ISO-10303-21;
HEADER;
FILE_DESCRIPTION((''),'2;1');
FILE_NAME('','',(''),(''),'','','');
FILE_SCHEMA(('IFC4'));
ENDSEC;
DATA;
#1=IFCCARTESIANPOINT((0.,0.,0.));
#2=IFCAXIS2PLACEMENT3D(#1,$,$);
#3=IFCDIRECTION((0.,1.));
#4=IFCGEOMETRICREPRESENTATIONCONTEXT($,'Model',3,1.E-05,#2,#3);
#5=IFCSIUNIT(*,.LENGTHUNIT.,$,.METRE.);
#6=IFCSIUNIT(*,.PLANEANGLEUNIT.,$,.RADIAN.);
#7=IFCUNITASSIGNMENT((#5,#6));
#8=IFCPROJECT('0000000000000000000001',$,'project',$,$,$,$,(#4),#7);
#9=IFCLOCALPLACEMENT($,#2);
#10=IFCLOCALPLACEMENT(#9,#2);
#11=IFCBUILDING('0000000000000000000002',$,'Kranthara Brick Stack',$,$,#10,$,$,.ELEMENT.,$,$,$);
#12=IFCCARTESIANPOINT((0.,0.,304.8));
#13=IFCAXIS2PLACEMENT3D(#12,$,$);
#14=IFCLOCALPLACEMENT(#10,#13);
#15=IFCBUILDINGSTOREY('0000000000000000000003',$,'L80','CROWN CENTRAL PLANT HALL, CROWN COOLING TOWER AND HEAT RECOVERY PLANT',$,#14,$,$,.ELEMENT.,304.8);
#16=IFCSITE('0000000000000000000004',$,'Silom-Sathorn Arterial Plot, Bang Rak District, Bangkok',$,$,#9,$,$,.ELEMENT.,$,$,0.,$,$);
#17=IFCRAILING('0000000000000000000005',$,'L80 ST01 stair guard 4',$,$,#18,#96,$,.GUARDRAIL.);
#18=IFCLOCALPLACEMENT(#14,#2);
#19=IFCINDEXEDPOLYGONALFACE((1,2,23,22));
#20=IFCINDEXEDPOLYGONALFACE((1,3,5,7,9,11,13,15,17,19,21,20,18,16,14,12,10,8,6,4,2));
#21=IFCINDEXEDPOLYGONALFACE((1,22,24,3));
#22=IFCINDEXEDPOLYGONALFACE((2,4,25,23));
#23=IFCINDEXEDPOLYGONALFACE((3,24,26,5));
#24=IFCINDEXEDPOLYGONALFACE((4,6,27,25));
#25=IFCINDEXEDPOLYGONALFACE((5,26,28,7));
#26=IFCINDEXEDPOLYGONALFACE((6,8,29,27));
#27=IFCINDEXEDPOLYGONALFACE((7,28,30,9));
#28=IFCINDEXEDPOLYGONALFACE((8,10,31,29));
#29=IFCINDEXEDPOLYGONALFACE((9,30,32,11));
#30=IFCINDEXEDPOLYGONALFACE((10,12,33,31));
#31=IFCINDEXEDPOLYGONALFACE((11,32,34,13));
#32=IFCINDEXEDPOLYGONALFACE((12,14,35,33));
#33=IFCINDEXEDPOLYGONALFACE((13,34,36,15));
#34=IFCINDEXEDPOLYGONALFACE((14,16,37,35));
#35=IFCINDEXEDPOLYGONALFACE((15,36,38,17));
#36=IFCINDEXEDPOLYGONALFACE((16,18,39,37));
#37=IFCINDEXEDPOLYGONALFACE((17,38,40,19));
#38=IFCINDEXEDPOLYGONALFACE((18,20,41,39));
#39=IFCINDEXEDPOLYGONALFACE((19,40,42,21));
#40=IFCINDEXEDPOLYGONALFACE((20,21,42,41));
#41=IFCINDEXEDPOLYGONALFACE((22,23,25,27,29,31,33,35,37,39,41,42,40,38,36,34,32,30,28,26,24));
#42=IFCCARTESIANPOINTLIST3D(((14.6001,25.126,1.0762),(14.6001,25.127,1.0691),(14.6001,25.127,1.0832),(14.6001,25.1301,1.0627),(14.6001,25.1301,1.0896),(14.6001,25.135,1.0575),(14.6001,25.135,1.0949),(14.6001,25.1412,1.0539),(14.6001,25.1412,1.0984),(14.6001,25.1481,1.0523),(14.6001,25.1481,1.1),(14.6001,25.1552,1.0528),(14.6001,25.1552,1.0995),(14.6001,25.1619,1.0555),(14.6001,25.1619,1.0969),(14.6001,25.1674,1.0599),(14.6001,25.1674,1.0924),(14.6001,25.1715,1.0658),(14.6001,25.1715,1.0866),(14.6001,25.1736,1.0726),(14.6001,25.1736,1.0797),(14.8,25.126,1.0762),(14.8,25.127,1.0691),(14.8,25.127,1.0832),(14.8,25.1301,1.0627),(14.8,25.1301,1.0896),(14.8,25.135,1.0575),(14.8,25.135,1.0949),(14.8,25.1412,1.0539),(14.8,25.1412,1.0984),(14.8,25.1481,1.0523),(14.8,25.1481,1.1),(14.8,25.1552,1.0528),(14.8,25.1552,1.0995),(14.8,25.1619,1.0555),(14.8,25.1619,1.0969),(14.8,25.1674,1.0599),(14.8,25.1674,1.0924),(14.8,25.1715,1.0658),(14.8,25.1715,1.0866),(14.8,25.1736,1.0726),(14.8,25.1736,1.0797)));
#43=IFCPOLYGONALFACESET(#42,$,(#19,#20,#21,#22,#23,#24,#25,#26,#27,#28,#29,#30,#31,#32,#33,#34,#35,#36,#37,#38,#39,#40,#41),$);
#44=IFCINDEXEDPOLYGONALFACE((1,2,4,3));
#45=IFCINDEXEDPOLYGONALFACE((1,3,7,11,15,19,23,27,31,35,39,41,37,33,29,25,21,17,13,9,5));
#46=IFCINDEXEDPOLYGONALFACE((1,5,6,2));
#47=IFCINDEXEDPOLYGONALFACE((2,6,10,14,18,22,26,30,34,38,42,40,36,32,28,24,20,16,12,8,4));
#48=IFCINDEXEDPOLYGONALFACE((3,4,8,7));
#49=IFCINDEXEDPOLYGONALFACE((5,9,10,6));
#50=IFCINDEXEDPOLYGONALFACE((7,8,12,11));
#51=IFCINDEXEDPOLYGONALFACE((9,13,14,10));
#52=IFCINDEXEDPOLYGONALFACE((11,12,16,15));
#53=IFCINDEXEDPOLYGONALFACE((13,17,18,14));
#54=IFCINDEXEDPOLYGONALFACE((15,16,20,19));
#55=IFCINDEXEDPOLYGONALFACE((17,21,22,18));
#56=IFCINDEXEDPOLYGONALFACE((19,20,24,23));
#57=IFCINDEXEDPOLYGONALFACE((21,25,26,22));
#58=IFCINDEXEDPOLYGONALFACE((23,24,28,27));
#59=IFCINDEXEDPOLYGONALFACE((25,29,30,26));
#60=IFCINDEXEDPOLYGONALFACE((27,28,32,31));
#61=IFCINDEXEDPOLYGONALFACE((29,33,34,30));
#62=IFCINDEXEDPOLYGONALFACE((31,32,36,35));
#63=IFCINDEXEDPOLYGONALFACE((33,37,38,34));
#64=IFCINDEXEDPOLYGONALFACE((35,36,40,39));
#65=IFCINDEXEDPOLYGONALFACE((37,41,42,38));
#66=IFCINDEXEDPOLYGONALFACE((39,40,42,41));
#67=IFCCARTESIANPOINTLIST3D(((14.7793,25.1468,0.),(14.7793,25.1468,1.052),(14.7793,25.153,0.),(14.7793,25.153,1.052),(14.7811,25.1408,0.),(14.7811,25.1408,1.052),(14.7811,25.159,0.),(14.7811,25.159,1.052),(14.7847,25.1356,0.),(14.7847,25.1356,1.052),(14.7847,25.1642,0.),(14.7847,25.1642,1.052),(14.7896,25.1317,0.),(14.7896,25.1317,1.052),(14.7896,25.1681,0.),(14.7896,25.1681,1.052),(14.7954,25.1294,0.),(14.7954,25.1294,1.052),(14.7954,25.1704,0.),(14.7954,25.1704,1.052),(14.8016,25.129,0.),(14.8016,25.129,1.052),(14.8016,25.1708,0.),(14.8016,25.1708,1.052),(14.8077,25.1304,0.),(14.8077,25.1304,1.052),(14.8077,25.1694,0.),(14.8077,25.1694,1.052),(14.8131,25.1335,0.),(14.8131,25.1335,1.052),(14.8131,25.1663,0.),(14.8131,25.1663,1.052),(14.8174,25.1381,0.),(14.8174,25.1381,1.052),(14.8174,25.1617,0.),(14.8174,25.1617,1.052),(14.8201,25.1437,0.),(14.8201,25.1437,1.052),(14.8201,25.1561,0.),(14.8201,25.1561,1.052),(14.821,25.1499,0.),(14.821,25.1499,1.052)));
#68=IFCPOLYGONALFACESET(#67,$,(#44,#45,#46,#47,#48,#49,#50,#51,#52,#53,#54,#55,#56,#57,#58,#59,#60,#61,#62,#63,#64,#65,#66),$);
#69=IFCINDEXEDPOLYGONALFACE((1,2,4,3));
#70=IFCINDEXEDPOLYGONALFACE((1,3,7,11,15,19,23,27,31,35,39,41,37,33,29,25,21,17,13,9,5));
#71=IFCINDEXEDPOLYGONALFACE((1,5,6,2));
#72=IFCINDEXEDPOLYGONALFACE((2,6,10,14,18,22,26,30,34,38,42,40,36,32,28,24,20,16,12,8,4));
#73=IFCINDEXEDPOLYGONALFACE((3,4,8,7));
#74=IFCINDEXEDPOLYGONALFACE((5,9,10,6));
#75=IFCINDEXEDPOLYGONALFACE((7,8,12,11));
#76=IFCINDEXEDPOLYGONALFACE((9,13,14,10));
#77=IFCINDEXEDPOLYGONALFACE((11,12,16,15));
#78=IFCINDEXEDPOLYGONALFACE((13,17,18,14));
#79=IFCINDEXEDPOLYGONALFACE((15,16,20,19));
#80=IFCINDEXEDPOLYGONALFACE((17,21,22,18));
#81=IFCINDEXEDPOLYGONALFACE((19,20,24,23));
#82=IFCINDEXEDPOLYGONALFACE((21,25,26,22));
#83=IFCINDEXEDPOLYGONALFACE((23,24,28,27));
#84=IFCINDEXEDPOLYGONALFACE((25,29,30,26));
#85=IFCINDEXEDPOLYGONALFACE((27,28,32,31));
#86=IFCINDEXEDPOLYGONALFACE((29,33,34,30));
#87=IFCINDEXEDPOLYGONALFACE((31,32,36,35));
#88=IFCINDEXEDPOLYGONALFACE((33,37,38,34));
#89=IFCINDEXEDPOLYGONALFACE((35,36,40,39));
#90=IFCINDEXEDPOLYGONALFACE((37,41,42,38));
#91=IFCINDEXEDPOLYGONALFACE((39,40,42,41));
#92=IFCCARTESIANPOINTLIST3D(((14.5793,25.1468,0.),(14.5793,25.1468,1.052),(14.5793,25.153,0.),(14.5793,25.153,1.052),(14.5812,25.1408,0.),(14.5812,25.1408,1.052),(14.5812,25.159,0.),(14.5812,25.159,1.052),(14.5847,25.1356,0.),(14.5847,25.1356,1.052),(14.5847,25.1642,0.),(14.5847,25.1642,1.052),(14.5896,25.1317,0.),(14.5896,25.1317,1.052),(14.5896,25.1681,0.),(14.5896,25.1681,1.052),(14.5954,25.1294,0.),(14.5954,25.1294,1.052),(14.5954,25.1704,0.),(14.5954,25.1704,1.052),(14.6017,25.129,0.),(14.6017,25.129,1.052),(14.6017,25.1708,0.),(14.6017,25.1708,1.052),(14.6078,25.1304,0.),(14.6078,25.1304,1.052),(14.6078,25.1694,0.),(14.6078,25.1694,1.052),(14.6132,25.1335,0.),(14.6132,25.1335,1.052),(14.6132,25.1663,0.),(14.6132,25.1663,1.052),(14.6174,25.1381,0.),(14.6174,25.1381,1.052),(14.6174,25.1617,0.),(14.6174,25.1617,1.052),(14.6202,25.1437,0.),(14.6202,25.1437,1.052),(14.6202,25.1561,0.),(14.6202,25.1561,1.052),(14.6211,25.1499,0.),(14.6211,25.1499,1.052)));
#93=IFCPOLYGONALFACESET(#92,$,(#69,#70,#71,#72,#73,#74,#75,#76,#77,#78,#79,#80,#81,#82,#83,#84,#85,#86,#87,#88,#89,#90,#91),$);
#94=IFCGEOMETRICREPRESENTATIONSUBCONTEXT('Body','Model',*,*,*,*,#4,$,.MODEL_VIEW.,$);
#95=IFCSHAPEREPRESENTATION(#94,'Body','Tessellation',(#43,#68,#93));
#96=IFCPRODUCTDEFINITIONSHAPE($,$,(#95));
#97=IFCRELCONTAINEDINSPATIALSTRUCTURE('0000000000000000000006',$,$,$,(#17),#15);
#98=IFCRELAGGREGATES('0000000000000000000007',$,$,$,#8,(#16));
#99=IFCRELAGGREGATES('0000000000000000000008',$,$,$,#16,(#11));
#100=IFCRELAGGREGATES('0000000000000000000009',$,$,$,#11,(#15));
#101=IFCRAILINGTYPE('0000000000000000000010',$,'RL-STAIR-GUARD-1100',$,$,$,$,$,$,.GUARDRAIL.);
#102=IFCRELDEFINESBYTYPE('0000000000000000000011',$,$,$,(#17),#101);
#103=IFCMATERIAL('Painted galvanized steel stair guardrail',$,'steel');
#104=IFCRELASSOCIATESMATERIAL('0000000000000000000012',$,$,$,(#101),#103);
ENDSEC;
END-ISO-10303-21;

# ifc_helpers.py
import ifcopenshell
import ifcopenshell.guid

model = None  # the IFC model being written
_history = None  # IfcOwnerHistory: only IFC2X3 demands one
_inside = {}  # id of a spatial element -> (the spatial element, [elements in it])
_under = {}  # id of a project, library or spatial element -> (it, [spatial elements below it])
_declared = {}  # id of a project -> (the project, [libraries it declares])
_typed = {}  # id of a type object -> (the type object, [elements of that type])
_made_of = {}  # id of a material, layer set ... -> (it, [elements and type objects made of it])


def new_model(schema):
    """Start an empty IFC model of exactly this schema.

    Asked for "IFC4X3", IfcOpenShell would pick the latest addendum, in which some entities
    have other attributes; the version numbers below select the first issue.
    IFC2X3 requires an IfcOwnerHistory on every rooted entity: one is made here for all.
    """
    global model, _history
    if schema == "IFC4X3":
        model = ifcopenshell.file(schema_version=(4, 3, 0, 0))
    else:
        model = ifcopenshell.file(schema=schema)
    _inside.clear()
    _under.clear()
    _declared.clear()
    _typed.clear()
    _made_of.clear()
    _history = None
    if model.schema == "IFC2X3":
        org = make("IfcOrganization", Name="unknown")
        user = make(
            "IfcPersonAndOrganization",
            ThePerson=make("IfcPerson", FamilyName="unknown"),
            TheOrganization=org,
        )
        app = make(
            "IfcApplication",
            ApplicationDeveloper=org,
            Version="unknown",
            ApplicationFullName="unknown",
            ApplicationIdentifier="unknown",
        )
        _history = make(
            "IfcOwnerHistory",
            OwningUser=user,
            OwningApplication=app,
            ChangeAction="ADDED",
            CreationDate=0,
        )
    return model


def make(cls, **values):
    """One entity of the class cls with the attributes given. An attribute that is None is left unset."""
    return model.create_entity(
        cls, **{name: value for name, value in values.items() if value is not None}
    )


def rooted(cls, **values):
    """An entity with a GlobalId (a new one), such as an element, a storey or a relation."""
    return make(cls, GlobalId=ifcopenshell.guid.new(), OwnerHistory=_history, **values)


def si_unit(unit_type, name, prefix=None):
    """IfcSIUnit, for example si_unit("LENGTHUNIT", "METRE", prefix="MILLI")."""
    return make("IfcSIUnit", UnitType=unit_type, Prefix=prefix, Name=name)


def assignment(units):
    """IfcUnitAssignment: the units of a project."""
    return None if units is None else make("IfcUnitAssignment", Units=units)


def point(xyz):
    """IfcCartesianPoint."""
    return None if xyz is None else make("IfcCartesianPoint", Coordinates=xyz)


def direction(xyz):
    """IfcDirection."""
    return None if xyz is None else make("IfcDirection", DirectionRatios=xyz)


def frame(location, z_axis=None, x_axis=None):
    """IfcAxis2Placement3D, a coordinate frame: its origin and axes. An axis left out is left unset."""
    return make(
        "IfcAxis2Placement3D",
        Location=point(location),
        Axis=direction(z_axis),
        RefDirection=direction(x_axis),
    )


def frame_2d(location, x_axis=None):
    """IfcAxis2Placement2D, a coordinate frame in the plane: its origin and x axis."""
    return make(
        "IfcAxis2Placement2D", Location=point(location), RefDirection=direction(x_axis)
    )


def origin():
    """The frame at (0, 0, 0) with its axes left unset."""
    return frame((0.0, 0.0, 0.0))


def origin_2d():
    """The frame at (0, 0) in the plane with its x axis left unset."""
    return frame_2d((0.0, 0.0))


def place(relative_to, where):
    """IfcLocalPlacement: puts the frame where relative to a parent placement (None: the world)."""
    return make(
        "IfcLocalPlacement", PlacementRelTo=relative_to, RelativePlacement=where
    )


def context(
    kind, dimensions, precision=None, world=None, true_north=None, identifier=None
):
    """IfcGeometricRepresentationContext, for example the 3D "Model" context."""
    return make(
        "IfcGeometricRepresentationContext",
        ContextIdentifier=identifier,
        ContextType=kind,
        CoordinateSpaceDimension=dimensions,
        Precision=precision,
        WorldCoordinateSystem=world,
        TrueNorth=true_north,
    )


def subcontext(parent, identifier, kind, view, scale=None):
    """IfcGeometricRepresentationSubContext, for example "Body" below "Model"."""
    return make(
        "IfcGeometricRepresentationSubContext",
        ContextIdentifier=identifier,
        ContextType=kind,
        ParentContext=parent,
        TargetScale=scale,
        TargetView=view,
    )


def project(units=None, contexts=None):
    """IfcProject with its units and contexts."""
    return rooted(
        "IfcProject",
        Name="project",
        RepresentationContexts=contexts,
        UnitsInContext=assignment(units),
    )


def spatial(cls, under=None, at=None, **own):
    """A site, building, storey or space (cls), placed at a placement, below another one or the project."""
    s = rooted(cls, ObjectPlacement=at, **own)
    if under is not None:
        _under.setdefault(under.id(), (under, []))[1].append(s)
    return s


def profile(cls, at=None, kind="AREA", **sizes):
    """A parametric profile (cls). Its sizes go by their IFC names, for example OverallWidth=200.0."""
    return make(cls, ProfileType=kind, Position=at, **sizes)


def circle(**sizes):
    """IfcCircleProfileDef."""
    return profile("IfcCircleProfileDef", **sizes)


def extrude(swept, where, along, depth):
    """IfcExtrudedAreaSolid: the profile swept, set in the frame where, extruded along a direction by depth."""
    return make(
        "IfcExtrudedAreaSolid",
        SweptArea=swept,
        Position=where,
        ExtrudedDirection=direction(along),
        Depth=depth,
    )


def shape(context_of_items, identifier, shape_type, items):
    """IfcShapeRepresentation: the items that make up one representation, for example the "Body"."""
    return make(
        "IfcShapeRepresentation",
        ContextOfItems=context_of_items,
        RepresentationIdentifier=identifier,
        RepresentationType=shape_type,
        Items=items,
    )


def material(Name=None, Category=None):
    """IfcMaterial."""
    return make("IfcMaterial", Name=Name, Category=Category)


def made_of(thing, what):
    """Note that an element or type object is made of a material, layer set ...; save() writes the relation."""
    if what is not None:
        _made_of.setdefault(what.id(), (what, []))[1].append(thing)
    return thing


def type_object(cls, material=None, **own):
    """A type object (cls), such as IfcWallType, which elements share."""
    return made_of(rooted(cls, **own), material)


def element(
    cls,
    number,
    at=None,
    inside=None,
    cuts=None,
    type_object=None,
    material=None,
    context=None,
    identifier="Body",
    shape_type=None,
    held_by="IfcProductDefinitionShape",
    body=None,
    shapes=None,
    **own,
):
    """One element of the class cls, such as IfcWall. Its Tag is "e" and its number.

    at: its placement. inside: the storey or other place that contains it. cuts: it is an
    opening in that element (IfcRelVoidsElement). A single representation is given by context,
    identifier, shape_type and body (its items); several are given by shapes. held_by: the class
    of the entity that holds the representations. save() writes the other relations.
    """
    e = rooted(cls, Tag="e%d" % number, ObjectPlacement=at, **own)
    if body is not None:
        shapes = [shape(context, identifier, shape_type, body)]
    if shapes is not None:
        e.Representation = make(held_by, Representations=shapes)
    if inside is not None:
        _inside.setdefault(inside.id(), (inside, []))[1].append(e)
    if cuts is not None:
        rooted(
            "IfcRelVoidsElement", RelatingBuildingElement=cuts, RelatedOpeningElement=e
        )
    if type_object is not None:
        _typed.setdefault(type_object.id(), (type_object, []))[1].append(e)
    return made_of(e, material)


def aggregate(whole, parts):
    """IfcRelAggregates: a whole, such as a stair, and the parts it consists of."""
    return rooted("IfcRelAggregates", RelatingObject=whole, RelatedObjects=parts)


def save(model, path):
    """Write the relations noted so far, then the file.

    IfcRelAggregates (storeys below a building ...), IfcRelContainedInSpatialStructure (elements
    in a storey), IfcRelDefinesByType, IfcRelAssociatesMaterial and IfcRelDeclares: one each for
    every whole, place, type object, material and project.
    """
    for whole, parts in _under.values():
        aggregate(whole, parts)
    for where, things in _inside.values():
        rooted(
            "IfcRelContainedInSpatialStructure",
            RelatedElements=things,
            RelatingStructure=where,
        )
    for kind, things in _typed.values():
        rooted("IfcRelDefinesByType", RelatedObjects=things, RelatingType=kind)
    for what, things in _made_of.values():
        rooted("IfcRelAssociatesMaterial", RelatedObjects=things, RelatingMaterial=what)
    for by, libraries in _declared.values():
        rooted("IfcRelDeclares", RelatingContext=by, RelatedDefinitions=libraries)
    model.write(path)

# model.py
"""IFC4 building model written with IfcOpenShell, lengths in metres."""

from ifc_helpers import new_model, si_unit, direction, frame, origin, origin_2d, place, context, subcontext, project, spatial, circle, extrude, material, type_object, element, save


model = new_model("IFC4")

# Units and contexts
model_context = context("Model", 3, precision=1e-05, world=origin(), true_north=direction((0.0, 1.0)))
body_context = subcontext(model_context, "Body", "Model", "MODEL_VIEW")
ifc_project = project(units=[si_unit("LENGTHUNIT", "METRE"), si_unit("PLANEANGLEUNIT", "RADIAN")], contexts=[model_context])

# Site, building, storey
site_placement = place(None, origin())
site = spatial("IfcSite", under=ifc_project, at=site_placement, Name="Silom-Sathorn Arterial Plot, Bang Rak District, Bangkok", CompositionType="ELEMENT", RefElevation=0.0)
building_placement = place(site_placement, origin())
building = spatial("IfcBuilding", under=site, at=building_placement, Name="Kranthara Brick Stack", CompositionType="ELEMENT")
storey_placement = place(building_placement, frame((0.0, 0.0, 304.8)))
storey = spatial("IfcBuildingStorey", under=building, at=storey_placement, Name="L80", Description="CROWN CENTRAL PLANT HALL, CROWN COOLING TOWER AND HEAT RECOVERY PLANT", CompositionType="ELEMENT", Elevation=304.8)

# Railing
ifc_material_1 = material(Name="Painted galvanized steel stair guardrail", Category="steel")
railing_type_1 = type_object("IfcRailingType", Name="RL-STAIR-GUARD-1100", PredefinedType="GUARDRAIL", material=ifc_material_1)
railing_1_placement = place(storey_placement, frame((14.8, 25.1499, 0.0)))
element("IfcRailing", 1, at=railing_1_placement, inside=storey, type_object=railing_type_1, Name="L80 ST01 stair guard 4", PredefinedType="GUARDRAIL", context=body_context, shape_type="SweptSolid", body=[
    extrude(circle(Radius=0.0239, at=origin_2d()), frame((0.0, 0.0, 1.0762), z_axis=(-1.0, 0.0, 0.0), x_axis=(0.0, -1.0, 0.0)), (0.0, 0.0, 1.0), 0.2),
    extrude(circle(Radius=0.021, at=origin_2d()), origin(), (0.0, 0.0, 1.0), 1.052),
    extrude(circle(Radius=0.021, at=origin_2d()), frame((-0.2, 0.0, 0.0)), (0.0, 0.0, 1.0), 1.052),
])

save(model, "model.ifc")
